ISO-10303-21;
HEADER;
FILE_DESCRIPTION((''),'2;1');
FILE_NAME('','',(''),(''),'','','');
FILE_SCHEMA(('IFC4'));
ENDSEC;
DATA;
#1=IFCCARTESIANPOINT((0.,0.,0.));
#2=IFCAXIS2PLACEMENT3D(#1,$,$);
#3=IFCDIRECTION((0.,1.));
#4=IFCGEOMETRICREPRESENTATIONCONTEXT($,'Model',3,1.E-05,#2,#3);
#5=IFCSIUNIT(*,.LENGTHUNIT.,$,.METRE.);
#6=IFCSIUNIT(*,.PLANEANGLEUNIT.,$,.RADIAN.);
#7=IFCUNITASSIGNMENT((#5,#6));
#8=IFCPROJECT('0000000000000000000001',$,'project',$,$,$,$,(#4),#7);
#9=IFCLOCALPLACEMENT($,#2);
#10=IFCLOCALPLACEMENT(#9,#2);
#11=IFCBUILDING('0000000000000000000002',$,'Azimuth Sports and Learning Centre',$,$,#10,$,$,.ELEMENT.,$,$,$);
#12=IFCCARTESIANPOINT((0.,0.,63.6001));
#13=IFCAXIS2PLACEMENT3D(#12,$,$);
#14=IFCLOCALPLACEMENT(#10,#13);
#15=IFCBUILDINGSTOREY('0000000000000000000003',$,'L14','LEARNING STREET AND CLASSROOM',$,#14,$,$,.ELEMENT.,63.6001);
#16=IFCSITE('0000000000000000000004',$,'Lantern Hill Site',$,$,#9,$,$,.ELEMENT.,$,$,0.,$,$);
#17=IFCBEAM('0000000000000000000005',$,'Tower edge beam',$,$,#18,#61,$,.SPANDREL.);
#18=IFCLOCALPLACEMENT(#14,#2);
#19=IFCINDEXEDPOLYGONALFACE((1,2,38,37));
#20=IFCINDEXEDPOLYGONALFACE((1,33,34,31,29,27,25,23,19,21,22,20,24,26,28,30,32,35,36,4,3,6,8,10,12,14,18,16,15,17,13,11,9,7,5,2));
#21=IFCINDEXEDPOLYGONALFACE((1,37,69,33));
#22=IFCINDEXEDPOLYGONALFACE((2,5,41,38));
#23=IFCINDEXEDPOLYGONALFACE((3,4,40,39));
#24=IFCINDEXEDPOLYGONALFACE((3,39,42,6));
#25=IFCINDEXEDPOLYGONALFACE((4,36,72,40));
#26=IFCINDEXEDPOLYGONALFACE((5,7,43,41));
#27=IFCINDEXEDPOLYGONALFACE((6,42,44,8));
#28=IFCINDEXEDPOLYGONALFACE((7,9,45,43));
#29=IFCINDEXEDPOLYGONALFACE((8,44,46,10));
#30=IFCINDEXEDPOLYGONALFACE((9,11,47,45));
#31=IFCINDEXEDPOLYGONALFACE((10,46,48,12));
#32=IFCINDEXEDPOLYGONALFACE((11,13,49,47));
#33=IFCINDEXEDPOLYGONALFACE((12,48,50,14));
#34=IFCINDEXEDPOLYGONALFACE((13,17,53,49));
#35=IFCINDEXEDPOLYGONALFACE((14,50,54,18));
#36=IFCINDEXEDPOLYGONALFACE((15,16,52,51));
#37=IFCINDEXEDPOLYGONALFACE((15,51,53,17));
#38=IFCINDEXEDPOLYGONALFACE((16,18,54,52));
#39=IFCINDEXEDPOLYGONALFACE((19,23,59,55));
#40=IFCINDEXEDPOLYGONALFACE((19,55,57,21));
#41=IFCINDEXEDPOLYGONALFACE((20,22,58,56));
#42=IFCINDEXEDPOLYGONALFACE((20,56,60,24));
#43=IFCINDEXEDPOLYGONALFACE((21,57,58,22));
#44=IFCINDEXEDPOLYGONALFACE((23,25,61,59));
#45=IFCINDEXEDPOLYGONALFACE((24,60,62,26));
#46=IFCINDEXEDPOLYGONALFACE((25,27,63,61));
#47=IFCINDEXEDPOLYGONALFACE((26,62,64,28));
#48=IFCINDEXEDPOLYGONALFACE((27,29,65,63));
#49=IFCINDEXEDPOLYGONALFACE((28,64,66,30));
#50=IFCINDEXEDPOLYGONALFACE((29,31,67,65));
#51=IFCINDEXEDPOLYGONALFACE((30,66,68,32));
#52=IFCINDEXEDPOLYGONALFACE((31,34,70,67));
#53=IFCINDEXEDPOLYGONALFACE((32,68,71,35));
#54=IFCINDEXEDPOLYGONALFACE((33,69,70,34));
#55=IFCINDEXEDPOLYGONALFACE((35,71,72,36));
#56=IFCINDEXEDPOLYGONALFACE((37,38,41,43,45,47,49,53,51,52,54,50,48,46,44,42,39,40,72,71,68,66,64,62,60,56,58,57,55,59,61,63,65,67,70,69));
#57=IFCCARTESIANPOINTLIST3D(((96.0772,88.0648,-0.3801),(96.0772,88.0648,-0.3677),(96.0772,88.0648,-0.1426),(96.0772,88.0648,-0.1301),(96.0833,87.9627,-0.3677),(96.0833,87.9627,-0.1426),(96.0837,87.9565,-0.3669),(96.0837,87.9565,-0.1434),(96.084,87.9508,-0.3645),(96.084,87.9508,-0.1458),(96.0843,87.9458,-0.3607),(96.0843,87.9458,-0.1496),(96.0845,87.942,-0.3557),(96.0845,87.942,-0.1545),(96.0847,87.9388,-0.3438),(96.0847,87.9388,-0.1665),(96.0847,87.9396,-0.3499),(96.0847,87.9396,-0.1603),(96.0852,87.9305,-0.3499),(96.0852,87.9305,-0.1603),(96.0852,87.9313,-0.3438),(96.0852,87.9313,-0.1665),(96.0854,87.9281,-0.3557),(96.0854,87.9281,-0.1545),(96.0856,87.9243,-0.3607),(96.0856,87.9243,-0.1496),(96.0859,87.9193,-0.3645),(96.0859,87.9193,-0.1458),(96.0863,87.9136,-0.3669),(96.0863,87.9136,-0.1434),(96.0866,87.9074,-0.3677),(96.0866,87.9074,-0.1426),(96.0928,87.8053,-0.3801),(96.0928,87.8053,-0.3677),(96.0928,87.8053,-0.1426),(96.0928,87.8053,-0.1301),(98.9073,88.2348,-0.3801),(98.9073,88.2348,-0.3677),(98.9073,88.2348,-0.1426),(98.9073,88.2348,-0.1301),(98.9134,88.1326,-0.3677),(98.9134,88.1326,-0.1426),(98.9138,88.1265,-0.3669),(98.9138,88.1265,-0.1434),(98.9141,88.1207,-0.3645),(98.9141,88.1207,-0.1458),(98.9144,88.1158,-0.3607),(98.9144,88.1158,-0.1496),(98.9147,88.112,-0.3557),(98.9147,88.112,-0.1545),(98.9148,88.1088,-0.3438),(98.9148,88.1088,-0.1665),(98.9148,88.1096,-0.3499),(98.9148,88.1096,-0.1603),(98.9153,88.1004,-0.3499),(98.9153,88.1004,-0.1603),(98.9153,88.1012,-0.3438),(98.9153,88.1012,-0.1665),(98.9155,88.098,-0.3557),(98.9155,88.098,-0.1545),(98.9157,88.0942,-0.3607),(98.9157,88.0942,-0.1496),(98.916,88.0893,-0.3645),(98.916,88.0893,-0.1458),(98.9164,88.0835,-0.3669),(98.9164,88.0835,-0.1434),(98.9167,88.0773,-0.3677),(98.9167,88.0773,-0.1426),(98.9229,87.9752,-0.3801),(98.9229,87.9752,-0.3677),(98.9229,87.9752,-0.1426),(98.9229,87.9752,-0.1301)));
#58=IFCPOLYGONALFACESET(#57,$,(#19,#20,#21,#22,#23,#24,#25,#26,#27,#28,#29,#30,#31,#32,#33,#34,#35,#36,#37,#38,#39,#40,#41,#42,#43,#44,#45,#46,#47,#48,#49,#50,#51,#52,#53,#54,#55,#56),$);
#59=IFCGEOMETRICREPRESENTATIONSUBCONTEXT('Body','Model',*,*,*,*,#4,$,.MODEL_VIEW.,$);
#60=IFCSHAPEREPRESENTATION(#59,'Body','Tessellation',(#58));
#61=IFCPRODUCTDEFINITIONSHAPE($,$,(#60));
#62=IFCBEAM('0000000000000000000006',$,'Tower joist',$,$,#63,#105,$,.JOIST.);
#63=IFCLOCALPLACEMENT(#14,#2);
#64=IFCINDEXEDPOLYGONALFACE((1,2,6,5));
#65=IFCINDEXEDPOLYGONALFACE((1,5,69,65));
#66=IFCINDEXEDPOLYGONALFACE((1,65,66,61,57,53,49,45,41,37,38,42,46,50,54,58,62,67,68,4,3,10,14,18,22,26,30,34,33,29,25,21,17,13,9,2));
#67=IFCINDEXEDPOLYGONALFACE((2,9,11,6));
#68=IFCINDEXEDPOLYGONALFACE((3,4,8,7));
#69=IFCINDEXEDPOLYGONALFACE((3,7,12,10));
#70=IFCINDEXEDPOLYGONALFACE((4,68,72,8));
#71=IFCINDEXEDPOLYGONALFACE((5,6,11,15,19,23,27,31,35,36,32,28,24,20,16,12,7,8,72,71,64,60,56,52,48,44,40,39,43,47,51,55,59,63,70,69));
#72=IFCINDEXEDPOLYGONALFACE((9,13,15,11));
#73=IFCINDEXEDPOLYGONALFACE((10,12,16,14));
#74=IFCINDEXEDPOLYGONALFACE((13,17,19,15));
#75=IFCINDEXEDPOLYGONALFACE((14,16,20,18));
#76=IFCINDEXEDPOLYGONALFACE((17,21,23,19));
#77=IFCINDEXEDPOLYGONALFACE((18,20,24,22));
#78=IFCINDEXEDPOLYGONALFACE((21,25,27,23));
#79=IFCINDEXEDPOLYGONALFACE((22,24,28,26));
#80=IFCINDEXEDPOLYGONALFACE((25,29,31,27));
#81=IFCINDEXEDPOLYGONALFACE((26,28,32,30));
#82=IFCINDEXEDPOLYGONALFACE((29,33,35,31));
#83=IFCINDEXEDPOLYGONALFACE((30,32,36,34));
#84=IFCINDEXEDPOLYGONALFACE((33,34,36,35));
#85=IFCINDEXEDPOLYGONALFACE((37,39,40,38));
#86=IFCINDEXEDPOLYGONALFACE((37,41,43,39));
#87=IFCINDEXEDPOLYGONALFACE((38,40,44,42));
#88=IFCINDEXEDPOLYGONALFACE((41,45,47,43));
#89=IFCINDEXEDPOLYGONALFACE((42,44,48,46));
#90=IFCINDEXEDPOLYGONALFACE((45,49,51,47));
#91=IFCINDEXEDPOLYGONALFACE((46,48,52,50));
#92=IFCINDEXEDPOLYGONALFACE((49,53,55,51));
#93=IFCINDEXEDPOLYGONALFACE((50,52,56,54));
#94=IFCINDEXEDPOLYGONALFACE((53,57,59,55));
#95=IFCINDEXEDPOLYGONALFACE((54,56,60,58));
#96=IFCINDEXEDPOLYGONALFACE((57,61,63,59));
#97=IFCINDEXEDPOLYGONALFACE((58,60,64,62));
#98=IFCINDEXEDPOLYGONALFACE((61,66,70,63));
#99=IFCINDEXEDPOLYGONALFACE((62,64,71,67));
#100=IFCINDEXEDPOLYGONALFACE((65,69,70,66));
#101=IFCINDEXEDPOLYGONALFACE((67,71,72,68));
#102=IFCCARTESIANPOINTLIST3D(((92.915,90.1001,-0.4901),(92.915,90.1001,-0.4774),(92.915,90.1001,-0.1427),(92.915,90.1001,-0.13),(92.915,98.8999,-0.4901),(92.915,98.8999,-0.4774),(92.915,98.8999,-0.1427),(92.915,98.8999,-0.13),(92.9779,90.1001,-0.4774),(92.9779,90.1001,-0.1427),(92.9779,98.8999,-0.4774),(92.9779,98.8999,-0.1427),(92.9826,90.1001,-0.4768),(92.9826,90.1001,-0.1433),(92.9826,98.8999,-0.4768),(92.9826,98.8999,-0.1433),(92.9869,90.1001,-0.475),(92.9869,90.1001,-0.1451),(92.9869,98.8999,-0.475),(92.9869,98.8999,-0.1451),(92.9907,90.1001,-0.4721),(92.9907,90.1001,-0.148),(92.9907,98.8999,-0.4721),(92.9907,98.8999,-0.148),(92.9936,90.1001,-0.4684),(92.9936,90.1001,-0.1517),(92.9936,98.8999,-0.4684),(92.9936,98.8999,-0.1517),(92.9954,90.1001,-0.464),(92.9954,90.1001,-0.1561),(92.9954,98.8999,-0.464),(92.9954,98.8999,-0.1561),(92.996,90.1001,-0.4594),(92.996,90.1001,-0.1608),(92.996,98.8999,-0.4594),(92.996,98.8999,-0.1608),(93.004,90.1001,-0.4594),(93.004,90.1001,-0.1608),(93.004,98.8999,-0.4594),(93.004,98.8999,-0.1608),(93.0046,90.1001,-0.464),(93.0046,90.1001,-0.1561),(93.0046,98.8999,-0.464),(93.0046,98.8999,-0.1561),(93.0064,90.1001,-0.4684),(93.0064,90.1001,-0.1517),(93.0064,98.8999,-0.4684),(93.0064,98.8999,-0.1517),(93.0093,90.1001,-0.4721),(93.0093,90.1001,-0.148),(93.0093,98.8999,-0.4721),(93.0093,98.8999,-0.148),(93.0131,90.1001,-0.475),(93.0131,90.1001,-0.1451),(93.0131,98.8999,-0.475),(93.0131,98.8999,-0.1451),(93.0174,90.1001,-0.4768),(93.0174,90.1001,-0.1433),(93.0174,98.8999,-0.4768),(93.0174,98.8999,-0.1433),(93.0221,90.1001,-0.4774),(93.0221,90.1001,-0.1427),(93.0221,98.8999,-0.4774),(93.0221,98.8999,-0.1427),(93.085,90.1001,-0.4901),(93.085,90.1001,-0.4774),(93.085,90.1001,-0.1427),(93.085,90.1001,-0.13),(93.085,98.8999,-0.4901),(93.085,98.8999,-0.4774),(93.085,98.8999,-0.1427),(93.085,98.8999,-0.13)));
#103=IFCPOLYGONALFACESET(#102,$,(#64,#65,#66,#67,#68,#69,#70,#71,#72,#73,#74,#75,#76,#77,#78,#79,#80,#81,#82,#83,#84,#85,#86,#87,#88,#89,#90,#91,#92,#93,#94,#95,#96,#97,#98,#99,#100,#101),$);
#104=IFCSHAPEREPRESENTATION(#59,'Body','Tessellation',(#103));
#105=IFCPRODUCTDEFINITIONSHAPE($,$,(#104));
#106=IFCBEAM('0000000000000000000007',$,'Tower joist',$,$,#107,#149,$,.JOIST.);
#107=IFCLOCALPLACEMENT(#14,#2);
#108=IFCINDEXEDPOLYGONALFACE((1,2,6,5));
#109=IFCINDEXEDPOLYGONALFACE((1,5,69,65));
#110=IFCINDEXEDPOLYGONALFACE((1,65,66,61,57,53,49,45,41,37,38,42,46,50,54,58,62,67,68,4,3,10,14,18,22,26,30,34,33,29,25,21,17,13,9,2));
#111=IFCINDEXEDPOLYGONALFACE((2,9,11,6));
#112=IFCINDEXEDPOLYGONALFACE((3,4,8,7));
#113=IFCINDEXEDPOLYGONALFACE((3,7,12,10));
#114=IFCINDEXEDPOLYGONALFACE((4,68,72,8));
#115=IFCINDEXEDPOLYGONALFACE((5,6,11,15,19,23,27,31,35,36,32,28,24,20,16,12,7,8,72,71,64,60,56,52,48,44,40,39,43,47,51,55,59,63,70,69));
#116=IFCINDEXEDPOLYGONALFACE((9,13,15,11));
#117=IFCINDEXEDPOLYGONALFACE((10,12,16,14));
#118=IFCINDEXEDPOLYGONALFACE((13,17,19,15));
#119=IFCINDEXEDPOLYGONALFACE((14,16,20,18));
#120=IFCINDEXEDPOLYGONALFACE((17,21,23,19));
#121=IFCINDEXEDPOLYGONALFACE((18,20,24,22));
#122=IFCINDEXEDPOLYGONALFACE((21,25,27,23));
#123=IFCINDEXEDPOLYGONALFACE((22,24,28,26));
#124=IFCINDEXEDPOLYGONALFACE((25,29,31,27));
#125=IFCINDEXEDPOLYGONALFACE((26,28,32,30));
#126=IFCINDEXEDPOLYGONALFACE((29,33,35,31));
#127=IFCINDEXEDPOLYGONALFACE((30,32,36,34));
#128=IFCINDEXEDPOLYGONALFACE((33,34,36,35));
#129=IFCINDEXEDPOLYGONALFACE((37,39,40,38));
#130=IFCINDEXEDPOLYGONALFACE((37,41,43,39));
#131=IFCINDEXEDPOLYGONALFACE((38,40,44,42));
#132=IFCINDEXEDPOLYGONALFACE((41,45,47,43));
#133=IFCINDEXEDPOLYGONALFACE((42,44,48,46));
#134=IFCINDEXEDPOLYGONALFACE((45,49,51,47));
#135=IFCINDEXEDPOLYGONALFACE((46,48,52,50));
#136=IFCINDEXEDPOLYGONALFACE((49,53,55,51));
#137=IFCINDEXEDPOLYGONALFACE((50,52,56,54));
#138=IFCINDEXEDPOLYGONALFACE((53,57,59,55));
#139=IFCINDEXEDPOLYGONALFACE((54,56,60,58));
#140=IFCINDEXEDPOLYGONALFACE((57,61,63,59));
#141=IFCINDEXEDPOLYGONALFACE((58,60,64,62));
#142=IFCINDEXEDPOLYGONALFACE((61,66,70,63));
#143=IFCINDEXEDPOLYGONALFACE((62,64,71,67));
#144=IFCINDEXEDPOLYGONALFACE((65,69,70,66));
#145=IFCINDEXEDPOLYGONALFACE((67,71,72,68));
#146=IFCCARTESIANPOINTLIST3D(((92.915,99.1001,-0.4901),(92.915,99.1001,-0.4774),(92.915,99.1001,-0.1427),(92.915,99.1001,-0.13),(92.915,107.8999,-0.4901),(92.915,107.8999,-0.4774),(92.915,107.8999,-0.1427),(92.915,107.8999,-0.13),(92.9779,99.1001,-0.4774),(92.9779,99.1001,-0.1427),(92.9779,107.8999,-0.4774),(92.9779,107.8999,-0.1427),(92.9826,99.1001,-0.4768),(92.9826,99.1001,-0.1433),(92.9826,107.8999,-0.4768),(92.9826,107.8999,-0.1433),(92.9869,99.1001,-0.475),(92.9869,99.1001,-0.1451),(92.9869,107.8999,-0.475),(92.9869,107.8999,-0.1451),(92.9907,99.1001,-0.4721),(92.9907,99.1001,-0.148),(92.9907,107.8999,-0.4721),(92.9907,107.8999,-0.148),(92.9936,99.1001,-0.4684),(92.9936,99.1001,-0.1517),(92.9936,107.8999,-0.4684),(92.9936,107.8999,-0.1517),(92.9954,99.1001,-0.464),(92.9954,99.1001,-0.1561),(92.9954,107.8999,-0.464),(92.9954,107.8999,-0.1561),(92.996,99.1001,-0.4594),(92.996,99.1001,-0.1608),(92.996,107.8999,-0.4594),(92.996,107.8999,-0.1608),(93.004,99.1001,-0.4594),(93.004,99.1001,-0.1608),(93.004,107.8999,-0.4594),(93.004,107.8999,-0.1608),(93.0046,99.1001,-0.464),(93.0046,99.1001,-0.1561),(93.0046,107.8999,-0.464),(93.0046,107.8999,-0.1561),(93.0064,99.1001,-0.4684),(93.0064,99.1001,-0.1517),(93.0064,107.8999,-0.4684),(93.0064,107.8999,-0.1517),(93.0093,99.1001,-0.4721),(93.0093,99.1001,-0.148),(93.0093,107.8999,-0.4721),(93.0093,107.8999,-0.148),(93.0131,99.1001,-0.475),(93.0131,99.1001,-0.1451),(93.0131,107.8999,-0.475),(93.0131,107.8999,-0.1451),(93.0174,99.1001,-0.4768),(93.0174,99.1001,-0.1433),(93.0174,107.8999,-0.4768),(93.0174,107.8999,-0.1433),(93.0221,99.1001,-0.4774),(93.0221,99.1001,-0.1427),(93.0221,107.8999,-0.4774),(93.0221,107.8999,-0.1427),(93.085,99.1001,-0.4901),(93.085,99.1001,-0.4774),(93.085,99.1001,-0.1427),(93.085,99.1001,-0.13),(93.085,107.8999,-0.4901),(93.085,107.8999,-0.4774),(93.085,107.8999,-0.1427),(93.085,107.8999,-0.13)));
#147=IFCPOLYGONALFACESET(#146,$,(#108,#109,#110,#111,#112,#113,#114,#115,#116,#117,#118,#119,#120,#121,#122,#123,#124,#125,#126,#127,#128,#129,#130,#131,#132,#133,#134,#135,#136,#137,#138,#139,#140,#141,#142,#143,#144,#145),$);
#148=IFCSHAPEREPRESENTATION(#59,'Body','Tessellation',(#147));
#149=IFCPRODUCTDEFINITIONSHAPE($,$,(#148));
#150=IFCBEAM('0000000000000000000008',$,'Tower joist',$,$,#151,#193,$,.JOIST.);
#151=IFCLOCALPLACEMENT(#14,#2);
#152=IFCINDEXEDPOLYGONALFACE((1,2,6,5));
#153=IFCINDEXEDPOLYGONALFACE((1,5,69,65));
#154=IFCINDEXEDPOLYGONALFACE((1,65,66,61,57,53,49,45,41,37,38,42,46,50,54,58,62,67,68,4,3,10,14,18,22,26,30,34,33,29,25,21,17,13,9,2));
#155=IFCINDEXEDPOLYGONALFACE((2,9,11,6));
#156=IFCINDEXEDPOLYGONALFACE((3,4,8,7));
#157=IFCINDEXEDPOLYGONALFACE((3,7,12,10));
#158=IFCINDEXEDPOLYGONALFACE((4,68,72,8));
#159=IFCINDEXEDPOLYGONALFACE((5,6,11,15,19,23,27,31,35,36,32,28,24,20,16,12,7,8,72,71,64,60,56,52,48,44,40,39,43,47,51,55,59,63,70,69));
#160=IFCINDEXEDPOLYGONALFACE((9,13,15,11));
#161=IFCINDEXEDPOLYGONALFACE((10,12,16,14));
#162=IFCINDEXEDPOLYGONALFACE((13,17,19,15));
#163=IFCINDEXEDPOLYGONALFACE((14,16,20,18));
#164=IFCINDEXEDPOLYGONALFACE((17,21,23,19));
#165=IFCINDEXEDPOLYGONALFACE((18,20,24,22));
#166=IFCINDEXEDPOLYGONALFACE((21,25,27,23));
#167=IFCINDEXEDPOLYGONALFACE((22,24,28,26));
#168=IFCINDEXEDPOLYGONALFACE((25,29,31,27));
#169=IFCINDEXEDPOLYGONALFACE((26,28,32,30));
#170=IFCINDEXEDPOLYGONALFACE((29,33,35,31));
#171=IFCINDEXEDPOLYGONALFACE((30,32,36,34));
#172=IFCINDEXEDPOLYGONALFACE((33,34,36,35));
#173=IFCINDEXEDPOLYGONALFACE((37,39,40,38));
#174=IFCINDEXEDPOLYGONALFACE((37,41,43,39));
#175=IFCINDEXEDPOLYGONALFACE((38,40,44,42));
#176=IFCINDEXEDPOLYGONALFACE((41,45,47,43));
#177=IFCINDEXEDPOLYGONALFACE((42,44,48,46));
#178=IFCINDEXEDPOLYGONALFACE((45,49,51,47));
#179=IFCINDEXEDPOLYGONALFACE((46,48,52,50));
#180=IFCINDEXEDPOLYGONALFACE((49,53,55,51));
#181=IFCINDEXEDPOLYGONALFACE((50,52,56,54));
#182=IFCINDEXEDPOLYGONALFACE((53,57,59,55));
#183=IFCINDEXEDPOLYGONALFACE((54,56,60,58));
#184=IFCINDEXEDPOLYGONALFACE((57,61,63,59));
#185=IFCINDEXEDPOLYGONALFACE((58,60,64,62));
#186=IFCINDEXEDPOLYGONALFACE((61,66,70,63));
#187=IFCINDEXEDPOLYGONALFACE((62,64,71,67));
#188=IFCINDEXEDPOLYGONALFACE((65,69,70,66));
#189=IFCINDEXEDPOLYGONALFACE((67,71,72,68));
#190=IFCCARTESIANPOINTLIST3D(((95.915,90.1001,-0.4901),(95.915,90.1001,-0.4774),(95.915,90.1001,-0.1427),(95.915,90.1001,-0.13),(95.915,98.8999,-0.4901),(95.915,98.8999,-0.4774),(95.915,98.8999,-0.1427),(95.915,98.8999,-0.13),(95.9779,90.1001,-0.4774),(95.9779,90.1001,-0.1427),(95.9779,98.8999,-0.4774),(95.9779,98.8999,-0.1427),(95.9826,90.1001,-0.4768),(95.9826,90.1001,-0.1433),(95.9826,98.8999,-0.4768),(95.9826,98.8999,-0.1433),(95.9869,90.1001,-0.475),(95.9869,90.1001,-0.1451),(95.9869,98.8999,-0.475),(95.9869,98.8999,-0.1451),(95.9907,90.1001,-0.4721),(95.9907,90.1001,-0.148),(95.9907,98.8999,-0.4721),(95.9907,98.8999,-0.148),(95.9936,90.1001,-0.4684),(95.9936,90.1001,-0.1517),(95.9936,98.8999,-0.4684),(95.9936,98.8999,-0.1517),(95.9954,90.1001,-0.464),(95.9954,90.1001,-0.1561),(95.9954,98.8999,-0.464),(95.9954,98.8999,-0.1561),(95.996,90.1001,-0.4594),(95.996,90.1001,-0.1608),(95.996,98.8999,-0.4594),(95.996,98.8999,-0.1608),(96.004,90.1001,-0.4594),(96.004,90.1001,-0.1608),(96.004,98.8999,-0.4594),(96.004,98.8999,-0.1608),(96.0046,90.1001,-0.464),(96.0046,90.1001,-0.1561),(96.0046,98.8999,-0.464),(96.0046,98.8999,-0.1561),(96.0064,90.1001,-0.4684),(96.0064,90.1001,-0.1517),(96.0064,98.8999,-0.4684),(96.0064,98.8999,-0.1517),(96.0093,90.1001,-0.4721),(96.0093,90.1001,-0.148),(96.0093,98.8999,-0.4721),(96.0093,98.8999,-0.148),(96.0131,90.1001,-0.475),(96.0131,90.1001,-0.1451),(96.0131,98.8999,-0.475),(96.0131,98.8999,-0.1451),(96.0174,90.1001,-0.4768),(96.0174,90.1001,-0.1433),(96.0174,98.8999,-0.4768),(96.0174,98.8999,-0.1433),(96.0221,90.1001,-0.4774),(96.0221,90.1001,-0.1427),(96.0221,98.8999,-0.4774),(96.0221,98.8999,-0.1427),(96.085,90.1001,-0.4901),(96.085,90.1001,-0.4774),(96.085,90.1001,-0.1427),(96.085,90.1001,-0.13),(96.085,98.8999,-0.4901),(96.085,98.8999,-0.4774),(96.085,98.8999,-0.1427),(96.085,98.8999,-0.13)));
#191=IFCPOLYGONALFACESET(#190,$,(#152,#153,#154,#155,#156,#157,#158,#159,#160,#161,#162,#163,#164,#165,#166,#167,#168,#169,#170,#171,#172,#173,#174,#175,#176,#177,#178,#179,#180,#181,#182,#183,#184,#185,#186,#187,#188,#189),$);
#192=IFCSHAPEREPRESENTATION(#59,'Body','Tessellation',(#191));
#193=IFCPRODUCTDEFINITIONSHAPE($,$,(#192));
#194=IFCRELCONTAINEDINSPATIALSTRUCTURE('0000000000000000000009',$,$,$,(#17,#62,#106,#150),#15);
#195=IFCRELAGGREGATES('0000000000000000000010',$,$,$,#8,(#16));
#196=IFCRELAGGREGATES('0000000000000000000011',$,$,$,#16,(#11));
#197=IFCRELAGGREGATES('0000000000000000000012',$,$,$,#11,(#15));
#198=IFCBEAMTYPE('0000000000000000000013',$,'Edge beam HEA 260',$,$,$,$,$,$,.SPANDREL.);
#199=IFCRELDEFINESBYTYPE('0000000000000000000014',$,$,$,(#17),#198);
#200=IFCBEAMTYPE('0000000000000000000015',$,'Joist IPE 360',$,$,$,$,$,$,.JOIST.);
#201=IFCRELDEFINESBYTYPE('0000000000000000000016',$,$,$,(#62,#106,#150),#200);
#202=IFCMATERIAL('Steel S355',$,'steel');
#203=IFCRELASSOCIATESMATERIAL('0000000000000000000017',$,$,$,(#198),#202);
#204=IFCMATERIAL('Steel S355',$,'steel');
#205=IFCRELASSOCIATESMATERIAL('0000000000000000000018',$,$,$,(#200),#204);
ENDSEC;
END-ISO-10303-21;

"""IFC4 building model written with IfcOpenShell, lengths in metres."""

from ifc_helpers import new_model, si_unit, direction, frame, origin, origin_2d, place, context, subcontext, project, spatial, i_section, extrude, material, material_profile, profile_set, type_object, element, save


model = new_model("IFC4")

# Units and contexts
model_context = context("Model", 3, precision=1e-05, world=origin(), true_north=direction((0.0, 1.0)))
body_context = subcontext(model_context, "Body", "Model", "MODEL_VIEW")
ifc_project = project(units=[si_unit("LENGTHUNIT", "METRE"), si_unit("PLANEANGLEUNIT", "RADIAN")], contexts=[model_context])

# Site, building, storey
site_placement = place(None, origin())
site = spatial("IfcSite", under=ifc_project, at=site_placement, Name="Lantern Hill Site", CompositionType="ELEMENT", RefElevation=0.0)
building_placement = place(site_placement, origin())
building = spatial("IfcBuilding", under=site, at=building_placement, Name="Azimuth Sports and Learning Centre", CompositionType="ELEMENT")
storey_placement = place(building_placement, frame((0.0, 0.0, 63.6001)))
storey = spatial("IfcBuildingStorey", under=building, at=storey_placement, Name="L14", Description="LEARNING STREET AND CLASSROOM", CompositionType="ELEMENT", Elevation=63.6001)

# Beams
ifc_material_1 = material(Name="Steel S355", Category="steel")
ifc_material_profile_1 = material_profile(ifc_material_1, i_section(OverallWidth=0.26, OverallDepth=0.25, WebThickness=0.0076, FlangeThickness=0.0125, FilletRadius=0.0239, at=origin_2d()), Name="HEA 260")
ifc_profile_set_1 = profile_set([ifc_material_profile_1], Name="Steel S355")
beam_type_1 = type_object("IfcBeamType", Name="Edge beam HEA 260", PredefinedType="SPANDREL", material=ifc_profile_set_1)
beam_1_placement = place(storey_placement, frame((96.085, 87.9351, -0.2551), z_axis=(0.998202, 0.059933, 0.0), x_axis=(-0.059933, 0.998202, 0.0)))
element("IfcBeam", 1, at=beam_1_placement, inside=storey, type_object=beam_type_1, Name="Tower edge beam", PredefinedType="SPANDREL", context=body_context, shape_type="SweptSolid", body=[
    extrude(i_section(OverallWidth=0.26, OverallDepth=0.25, WebThickness=0.0076, FlangeThickness=0.0125, FilletRadius=0.0239, at=origin_2d()), origin(), (0.0, 0.0, 1.0), 2.8352),
])
ifc_material_2 = material(Name="Steel S355", Category="steel")
ifc_material_profile_2 = material_profile(ifc_material_2, i_section(OverallWidth=0.1699, OverallDepth=0.3601, WebThickness=0.0081, FlangeThickness=0.0127, FilletRadius=0.0181, at=origin_2d()), Name="IPE 360")
ifc_profile_set_2 = profile_set([ifc_material_profile_2], Name="Steel S355")
beam_type_2 = type_object("IfcBeamType", Name="Joist IPE 360", PredefinedType="JOIST", material=ifc_profile_set_2)
for number, where, z_axis, x_axis, name in (
    (2, (93.0, 90.1001, -0.3101), (0.0, 1.0, 0.0), (-1.0, 0.0, 0.0), "Tower joist"),
    (3, (93.0, 99.1001, -0.3101), (0.0, 1.0, 0.0), (-1.0, 0.0, 0.0), "Tower joist"),
    (4, (96.0, 90.1001, -0.3101), (0.0, 1.0, 0.0), (-1.0, 0.0, 0.0), "Tower joist"),
):
    element("IfcBeam", number, at=place(storey_placement, frame(where, z_axis=z_axis, x_axis=x_axis)), inside=storey, type_object=beam_type_2, Name=name, PredefinedType="JOIST", context=body_context, shape_type="SweptSolid", body=[
        extrude(i_section(OverallWidth=0.1699, OverallDepth=0.3601, WebThickness=0.0081, FlangeThickness=0.0127, FilletRadius=0.0181, at=origin_2d()), origin(), (0.0, 0.0, 1.0), 8.7998),
    ])

save(model, "model.ifc")
